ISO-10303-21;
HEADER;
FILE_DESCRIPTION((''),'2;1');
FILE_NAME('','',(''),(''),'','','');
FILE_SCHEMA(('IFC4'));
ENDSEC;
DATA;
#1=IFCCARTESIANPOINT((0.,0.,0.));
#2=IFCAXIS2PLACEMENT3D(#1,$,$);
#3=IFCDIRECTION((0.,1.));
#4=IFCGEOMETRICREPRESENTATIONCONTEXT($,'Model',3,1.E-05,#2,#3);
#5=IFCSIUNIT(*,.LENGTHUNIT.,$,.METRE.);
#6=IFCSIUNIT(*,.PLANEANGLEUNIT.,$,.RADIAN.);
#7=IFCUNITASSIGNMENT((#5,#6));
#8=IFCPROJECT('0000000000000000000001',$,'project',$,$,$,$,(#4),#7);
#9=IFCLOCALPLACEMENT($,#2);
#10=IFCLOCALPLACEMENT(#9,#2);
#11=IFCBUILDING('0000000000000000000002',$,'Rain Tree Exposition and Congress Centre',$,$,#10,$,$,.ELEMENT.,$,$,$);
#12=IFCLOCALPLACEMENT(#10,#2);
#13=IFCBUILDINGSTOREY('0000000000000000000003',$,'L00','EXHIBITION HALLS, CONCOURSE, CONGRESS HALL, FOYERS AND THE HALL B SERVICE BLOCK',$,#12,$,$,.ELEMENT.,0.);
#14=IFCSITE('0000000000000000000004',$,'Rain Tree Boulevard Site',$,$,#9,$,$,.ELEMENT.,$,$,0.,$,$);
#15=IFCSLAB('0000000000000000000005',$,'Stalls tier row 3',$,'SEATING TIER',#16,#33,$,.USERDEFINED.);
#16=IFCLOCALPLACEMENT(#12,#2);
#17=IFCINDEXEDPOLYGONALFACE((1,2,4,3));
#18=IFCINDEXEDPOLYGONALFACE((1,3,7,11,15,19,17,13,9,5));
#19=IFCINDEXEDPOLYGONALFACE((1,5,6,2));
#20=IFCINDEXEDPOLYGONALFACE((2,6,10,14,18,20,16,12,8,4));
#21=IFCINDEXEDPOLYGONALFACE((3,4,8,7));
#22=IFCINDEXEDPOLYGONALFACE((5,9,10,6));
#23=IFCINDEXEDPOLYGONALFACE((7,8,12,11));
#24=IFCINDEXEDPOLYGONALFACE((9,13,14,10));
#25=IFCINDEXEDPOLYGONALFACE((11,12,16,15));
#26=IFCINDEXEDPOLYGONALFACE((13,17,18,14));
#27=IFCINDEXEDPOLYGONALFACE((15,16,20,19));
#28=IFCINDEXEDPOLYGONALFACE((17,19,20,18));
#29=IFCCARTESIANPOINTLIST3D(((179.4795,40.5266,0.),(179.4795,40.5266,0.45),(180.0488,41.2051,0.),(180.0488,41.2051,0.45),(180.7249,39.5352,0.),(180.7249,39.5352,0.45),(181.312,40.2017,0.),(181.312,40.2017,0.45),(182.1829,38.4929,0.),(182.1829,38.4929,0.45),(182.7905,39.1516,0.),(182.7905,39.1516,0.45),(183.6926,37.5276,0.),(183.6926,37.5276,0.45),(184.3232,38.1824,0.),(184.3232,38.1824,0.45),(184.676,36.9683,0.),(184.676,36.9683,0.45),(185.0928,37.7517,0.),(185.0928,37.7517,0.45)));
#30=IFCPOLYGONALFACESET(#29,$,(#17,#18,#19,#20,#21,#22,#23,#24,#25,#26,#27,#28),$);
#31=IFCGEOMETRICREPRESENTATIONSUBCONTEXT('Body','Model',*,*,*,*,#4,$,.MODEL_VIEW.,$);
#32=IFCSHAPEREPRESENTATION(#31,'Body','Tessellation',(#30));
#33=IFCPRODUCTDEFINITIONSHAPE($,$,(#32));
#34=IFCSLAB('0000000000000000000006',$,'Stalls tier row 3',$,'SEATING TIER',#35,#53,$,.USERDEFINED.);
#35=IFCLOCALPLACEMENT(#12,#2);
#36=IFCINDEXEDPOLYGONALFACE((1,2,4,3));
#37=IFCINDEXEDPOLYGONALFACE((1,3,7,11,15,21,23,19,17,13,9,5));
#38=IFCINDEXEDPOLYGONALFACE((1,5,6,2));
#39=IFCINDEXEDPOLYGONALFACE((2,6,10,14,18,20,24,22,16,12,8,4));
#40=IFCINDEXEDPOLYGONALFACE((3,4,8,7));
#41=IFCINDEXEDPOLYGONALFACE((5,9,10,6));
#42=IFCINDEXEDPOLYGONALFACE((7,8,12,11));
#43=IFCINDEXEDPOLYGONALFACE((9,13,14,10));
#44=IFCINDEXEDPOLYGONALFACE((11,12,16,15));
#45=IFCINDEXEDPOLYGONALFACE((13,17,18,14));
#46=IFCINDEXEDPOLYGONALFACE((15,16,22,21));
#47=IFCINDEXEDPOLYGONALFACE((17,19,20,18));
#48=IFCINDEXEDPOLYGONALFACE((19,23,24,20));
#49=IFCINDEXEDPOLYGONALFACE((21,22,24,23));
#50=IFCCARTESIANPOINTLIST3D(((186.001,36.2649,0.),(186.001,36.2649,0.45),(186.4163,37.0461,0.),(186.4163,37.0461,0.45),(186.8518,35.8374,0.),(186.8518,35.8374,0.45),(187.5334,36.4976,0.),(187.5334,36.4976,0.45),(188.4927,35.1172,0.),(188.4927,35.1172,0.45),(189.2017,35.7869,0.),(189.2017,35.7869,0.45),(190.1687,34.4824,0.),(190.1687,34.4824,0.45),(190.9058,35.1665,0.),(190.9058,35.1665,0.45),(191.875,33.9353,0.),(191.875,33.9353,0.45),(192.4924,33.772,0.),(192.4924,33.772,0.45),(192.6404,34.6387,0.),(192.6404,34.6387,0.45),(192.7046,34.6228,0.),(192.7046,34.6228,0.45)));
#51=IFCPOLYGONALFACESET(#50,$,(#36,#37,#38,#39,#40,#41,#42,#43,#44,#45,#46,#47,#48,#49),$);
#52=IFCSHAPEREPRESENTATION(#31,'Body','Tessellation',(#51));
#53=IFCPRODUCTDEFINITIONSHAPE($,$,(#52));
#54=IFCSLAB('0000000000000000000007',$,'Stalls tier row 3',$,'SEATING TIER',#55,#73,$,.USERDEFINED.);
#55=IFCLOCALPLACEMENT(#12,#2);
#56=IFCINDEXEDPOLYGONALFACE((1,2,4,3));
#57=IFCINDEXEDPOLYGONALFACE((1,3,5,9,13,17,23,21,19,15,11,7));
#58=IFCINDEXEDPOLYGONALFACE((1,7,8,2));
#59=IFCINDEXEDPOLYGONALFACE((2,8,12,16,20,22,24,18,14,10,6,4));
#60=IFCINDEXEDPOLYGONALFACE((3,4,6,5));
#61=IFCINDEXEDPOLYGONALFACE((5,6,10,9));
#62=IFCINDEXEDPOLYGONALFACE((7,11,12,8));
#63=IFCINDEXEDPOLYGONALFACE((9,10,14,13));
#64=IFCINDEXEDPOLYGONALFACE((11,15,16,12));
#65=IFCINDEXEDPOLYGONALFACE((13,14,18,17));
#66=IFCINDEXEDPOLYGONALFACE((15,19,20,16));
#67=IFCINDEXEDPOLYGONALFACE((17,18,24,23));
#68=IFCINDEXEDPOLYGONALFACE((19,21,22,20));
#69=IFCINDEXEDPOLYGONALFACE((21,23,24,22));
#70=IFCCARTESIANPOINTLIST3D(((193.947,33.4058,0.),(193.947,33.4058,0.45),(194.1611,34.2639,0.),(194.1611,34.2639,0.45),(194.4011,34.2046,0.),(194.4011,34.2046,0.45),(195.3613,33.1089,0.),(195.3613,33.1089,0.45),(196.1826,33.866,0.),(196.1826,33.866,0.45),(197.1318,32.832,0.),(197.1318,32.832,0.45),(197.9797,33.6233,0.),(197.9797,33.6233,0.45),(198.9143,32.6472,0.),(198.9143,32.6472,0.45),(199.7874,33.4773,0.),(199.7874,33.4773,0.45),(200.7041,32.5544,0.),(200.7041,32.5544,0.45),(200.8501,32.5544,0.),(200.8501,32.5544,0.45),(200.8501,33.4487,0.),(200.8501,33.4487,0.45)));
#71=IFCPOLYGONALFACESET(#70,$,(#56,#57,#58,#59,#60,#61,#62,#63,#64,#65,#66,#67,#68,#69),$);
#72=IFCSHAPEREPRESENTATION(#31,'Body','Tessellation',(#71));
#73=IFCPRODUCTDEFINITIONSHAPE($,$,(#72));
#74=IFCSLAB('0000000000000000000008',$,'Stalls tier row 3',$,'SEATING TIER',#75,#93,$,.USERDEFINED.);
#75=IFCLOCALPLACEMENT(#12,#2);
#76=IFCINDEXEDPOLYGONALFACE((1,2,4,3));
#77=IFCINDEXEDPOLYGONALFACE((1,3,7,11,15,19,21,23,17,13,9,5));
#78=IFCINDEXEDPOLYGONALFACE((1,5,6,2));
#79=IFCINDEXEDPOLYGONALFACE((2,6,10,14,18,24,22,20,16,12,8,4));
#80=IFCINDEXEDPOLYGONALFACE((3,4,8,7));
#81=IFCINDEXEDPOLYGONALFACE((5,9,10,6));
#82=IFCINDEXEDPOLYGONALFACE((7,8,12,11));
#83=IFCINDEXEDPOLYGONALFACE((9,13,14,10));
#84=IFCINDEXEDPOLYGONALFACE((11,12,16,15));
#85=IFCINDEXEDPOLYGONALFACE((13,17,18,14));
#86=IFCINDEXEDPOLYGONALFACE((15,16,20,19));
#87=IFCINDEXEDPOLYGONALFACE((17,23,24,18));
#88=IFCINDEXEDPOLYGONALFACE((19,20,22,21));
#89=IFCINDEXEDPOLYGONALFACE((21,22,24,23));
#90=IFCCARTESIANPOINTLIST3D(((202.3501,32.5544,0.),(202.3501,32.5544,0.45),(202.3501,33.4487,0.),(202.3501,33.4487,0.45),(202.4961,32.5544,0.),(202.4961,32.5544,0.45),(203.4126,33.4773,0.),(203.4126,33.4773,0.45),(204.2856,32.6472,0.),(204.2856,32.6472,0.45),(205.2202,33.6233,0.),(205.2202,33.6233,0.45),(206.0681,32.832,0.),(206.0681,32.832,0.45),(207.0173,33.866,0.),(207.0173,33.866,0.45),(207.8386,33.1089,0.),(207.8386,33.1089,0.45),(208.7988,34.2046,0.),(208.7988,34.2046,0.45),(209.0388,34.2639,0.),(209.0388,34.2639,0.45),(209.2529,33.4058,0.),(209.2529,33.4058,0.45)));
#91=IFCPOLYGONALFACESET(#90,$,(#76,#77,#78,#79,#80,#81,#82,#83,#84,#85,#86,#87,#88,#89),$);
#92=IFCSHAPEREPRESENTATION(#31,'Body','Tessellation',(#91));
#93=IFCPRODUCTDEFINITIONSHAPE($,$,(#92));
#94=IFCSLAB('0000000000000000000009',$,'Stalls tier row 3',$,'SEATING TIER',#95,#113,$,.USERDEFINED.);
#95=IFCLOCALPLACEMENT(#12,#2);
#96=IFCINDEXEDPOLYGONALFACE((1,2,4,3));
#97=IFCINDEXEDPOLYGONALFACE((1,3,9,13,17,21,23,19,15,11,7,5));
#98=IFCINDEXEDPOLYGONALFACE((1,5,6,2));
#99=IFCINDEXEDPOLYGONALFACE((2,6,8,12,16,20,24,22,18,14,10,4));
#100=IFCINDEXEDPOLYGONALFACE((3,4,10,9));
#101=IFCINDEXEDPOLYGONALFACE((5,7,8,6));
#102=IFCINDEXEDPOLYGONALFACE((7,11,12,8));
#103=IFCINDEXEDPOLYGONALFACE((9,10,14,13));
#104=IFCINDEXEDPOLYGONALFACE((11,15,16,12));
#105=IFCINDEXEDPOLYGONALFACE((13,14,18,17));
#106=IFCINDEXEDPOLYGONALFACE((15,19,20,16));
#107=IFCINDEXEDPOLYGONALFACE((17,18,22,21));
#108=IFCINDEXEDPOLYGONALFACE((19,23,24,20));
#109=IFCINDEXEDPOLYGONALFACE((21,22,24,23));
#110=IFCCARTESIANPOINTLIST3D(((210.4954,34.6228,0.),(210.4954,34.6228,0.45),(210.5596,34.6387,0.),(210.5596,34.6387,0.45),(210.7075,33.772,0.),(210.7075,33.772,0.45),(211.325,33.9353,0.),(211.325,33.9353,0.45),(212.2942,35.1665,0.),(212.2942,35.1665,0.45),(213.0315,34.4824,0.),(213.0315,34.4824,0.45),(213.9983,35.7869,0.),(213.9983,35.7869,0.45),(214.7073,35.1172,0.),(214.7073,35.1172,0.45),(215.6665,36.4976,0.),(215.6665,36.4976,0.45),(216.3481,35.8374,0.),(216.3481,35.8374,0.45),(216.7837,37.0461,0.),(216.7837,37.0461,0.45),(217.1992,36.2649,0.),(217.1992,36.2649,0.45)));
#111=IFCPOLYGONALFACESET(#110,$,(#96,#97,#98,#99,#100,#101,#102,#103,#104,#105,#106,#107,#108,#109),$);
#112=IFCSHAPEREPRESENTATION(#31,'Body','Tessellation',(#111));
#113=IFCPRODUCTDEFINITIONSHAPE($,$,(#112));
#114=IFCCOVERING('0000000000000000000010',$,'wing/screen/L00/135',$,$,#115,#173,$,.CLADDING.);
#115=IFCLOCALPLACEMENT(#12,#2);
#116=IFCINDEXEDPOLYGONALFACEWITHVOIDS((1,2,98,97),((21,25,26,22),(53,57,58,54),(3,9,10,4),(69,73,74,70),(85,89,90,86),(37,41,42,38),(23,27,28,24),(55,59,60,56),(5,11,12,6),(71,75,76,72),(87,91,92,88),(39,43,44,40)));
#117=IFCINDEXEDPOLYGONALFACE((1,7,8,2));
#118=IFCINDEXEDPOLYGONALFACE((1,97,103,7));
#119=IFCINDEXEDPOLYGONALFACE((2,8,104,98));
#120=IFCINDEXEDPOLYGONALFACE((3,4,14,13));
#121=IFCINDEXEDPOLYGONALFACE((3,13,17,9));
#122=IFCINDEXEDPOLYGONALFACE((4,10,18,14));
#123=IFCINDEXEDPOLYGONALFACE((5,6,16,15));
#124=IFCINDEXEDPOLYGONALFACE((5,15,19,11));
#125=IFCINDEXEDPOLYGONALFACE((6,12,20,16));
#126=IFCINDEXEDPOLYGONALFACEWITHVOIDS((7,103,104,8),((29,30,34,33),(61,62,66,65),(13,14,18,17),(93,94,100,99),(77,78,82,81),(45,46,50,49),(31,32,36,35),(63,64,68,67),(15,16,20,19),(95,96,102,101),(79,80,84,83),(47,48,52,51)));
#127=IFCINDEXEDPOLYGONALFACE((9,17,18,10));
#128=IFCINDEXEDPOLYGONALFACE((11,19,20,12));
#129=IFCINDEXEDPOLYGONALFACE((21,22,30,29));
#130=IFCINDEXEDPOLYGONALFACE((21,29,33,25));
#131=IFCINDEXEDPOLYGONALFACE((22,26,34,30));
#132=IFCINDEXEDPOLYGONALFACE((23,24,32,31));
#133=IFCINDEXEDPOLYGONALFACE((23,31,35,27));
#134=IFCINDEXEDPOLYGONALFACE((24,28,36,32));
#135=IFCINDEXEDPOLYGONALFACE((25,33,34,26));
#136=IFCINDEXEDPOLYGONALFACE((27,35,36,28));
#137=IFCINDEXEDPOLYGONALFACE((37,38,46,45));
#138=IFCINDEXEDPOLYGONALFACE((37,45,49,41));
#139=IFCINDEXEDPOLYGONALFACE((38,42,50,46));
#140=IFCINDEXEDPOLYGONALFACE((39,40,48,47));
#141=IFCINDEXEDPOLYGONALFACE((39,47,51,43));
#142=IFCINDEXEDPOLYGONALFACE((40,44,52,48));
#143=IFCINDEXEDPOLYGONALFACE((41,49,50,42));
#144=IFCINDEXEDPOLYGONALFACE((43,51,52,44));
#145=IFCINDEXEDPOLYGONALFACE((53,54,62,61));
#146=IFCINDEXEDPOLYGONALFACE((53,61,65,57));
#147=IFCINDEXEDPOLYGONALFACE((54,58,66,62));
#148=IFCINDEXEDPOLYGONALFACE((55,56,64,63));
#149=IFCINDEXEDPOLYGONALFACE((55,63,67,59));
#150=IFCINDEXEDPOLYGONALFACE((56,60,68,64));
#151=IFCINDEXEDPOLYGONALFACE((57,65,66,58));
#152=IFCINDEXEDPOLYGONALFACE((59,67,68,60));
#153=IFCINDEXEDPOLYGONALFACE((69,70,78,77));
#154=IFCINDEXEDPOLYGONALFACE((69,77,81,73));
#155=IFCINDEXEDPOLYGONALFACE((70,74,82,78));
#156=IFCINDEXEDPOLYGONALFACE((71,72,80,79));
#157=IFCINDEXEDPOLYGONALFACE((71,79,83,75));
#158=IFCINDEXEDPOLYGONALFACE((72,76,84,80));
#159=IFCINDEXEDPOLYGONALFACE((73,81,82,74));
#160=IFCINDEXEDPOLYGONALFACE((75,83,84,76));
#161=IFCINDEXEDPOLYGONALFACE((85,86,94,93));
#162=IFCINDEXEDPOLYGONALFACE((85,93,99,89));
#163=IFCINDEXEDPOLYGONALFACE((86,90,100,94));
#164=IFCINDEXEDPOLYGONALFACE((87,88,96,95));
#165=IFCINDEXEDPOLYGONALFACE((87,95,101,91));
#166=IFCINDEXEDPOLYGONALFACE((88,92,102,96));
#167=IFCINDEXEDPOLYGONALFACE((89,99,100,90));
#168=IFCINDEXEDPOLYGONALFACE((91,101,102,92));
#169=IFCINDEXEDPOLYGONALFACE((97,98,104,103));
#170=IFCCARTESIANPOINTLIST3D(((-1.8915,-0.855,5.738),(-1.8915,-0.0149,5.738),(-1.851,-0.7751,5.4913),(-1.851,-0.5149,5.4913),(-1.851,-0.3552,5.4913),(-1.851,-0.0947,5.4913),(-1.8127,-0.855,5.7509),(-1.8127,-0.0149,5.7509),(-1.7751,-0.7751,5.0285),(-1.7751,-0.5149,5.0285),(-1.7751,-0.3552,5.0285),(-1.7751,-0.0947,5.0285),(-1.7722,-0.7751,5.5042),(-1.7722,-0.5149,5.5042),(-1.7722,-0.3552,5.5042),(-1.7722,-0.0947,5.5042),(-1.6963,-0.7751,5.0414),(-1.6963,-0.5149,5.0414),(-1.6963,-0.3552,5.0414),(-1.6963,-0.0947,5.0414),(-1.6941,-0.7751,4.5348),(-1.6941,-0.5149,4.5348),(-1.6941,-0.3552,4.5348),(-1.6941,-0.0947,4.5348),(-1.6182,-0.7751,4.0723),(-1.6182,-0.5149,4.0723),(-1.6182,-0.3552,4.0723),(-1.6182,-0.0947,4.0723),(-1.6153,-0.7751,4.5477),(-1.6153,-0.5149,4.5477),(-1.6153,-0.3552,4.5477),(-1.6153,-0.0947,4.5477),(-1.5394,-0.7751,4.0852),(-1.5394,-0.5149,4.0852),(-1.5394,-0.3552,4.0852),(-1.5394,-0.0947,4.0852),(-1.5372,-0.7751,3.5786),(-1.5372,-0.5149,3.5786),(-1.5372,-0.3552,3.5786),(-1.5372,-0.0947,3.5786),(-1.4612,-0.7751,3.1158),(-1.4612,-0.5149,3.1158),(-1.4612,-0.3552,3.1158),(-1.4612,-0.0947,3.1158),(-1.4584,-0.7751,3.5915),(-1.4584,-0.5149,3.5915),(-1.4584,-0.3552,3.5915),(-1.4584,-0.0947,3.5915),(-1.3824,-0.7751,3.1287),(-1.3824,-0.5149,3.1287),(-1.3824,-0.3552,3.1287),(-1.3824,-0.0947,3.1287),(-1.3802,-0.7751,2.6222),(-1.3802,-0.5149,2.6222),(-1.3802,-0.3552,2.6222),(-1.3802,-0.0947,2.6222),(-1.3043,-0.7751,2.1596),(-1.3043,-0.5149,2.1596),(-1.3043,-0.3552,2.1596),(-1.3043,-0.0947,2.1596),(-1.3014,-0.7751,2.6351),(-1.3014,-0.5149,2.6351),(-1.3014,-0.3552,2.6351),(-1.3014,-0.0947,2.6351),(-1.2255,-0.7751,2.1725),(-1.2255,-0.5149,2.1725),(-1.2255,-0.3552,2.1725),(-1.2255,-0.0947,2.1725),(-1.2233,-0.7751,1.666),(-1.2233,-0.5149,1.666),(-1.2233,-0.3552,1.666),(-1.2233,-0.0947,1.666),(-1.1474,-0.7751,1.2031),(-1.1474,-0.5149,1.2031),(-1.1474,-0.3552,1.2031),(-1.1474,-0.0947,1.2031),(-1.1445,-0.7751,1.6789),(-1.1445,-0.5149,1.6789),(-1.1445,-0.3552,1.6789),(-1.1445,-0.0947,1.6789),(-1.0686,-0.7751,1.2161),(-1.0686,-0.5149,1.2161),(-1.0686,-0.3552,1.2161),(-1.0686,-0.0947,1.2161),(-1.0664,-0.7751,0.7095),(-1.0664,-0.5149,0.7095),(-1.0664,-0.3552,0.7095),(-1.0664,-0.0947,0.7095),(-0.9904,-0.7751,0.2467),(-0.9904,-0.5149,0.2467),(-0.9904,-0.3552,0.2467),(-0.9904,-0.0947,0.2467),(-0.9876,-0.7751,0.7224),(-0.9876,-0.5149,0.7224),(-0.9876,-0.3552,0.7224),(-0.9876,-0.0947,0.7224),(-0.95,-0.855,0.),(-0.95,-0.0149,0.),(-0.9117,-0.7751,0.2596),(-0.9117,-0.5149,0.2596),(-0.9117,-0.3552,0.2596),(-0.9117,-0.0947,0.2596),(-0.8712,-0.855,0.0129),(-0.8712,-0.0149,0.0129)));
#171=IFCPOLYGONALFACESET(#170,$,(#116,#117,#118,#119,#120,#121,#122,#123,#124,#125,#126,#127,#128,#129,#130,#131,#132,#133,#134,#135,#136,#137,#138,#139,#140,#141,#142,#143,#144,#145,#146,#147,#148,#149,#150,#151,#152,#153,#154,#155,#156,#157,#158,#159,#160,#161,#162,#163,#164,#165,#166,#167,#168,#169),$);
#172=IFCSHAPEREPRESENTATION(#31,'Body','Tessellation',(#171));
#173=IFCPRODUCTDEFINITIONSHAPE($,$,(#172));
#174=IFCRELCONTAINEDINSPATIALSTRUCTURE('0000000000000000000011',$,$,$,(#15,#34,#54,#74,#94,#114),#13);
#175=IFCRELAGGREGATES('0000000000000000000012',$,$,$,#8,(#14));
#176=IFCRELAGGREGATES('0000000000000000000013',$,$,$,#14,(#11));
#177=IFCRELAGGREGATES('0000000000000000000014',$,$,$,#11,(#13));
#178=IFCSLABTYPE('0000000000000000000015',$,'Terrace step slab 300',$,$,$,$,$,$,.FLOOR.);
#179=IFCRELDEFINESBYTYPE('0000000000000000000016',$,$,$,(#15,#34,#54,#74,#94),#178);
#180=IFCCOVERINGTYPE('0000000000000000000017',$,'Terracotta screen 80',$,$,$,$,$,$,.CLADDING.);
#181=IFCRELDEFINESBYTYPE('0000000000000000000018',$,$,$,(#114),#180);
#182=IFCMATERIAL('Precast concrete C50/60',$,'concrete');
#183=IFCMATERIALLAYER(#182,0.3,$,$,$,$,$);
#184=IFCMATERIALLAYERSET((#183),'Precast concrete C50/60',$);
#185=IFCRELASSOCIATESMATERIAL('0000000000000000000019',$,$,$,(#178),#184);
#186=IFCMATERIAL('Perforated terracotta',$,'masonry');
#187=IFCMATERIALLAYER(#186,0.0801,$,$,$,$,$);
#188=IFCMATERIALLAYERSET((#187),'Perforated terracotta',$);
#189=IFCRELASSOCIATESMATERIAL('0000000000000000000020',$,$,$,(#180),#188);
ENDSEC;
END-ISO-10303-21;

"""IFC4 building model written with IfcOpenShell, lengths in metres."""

from ifc_helpers import new_model, si_unit, direction, frame, origin, place, context, subcontext, project, spatial, polyline, outline, extrude, material, layer, layer_set, type_object, element, save


model = new_model("IFC4")

# Units and contexts
model_context = context("Model", 3, precision=1e-05, world=origin(), true_north=direction((0.0, 1.0)))
body_context = subcontext(model_context, "Body", "Model", "MODEL_VIEW")
ifc_project = project(units=[si_unit("LENGTHUNIT", "METRE"), si_unit("PLANEANGLEUNIT", "RADIAN")], contexts=[model_context])

# Site, building, storey
site_placement = place(None, origin())
site = spatial("IfcSite", under=ifc_project, at=site_placement, Name="Rain Tree Boulevard Site", CompositionType="ELEMENT", RefElevation=0.0)
building_placement = place(site_placement, origin())
building = spatial("IfcBuilding", under=site, at=building_placement, Name="Rain Tree Exposition and Congress Centre", CompositionType="ELEMENT")
storey_placement = place(building_placement, origin())
storey = spatial("IfcBuildingStorey", under=building, at=storey_placement, Name="L00", Description="EXHIBITION HALLS, CONCOURSE, CONGRESS HALL, FOYERS AND THE HALL B SERVICE BLOCK", CompositionType="ELEMENT", Elevation=0.0)

# Slabs
ifc_material_1 = material(Name="Precast concrete C50/60", Category="concrete")
ifc_layer_1 = layer(ifc_material_1, 0.3)
ifc_layer_set_1 = layer_set([ifc_layer_1], Name="Precast concrete C50/60")
slab_type_1 = type_object("IfcSlabType", Name="Terrace step slab 300", PredefinedType="FLOOR", material=ifc_layer_set_1)
slab_1_placement = place(storey_placement, origin())
element("IfcSlab", 1, at=slab_1_placement, inside=storey, type_object=slab_type_1, Name="Stalls tier row 3", ObjectType="SEATING TIER", PredefinedType="USERDEFINED", context=body_context, shape_type="SweptSolid", body=[
    extrude(outline(polyline([(183.6926, 37.5276), (184.676, 36.9683), (185.0928, 37.7517), (184.3232, 38.1824), (182.7905, 39.1516), (181.312, 40.2017), (180.0488, 41.2051), (179.4795, 40.5266), (180.7249, 39.5352), (182.1829, 38.4929), (183.6926, 37.5276)])), origin(), (0.0, 0.0, 1.0), 0.45),
])
slab_2_placement = place(storey_placement, origin())
element("IfcSlab", 2, at=slab_2_placement, inside=storey, type_object=slab_type_1, Name="Stalls tier row 3", ObjectType="SEATING TIER", PredefinedType="USERDEFINED", context=body_context, shape_type="SweptSolid", body=[
    extrude(outline(polyline([(191.875, 33.9353), (192.4924, 33.772), (192.7046, 34.6228), (192.6404, 34.6387), (190.9058, 35.1665), (189.2017, 35.7869), (187.5334, 36.4976), (186.4163, 37.0461), (186.001, 36.2649), (186.8518, 35.8374), (188.4927, 35.1172), (190.1687, 34.4824), (191.875, 33.9353)])), origin(), (0.0, 0.0, 1.0), 0.45),
])
slab_3_placement = place(storey_placement, origin())
element("IfcSlab", 3, at=slab_3_placement, inside=storey, type_object=slab_type_1, Name="Stalls tier row 3", ObjectType="SEATING TIER", PredefinedType="USERDEFINED", context=body_context, shape_type="SweptSolid", body=[
    extrude(outline(polyline([(200.7041, 32.5544), (200.8501, 32.5544), (200.8501, 33.4487), (199.7874, 33.4773), (197.9797, 33.6233), (196.1826, 33.866), (194.4011, 34.2046), (194.1611, 34.2639), (193.947, 33.4058), (195.3613, 33.1089), (197.1318, 32.832), (198.9143, 32.6472), (200.7041, 32.5544)])), origin(), (0.0, 0.0, 1.0), 0.45),
])
slab_4_placement = place(storey_placement, origin())
element("IfcSlab", 4, at=slab_4_placement, inside=storey, type_object=slab_type_1, Name="Stalls tier row 3", ObjectType="SEATING TIER", PredefinedType="USERDEFINED", context=body_context, shape_type="SweptSolid", body=[
    extrude(outline(polyline([(207.8386, 33.1089), (209.2529, 33.4058), (209.0388, 34.2639), (208.7988, 34.2046), (207.0173, 33.866), (205.2202, 33.6233), (203.4126, 33.4773), (202.3501, 33.4487), (202.3501, 32.5544), (202.4961, 32.5544), (204.2856, 32.6472), (206.0681, 32.832), (207.8386, 33.1089)])), origin(), (0.0, 0.0, 1.0), 0.45),
])
slab_5_placement = place(storey_placement, origin())
element("IfcSlab", 5, at=slab_5_placement, inside=storey, type_object=slab_type_1, Name="Stalls tier row 3", ObjectType="SEATING TIER", PredefinedType="USERDEFINED", context=body_context, shape_type="SweptSolid", body=[
    extrude(outline(polyline([(216.3481, 35.8374), (217.1992, 36.2649), (216.7837, 37.0461), (215.6665, 36.4976), (213.9983, 35.7869), (212.2942, 35.1665), (210.5596, 34.6387), (210.4954, 34.6228), (210.7075, 33.772), (211.325, 33.9353), (213.0315, 34.4824), (214.7073, 35.1172), (216.3481, 35.8374)])), origin(), (0.0, 0.0, 1.0), 0.45),
])

# Covering
ifc_material_2 = material(Name="Perforated terracotta", Category="masonry")
ifc_layer_2 = layer(ifc_material_2, 0.0801)
ifc_layer_set_2 = layer_set([ifc_layer_2], Name="Perforated terracotta")
covering_type = type_object("IfcCoveringType", Name="Terracotta screen 80", PredefinedType="CLADDING", material=ifc_layer_set_2)
covering_1_placement = place(storey_placement, frame((-0.95, 0.0, 0.0), z_axis=(0.986804, 0.0, 0.161921), x_axis=(0.0, 1.0, 0.0)))
element("IfcCovering", 6, at=covering_1_placement, inside=storey, type_object=covering_type, Name="wing/screen/L00/135", PredefinedType="CLADDING", context=body_context, shape_type="SweptSolid", body=[
    extrude(outline(polyline([(-0.855, 0.0), (-0.855, 5.8147), (-0.0149, 5.8147), (-0.0149, 0.0), (-0.855, 0.0)]), holes=[polyline([(-0.0947, 0.25), (-0.0947, 0.719), (-0.3552, 0.719), (-0.3552, 0.25), (-0.0947, 0.25)]), polyline([(-0.0947, 1.2192), (-0.0947, 1.6882), (-0.3552, 1.6882), (-0.3552, 1.2192), (-0.0947, 1.2192)]), polyline([(-0.0947, 2.1885), (-0.0947, 2.6572), (-0.3552, 2.6572), (-0.3552, 2.1885), (-0.0947, 2.1885)]), polyline([(-0.0947, 3.1575), (-0.0947, 3.6265), (-0.3552, 3.6265), (-0.3552, 3.1575), (-0.0947, 3.1575)]), polyline([(-0.0947, 4.1267), (-0.0947, 4.5955), (-0.3552, 4.5955), (-0.3552, 4.1267), (-0.0947, 4.1267)]), polyline([(-0.0947, 5.0957), (-0.0947, 5.5647), (-0.3552, 5.5647), (-0.3552, 5.0957), (-0.0947, 5.0957)]), polyline([(-0.5149, 0.25), (-0.5149, 0.719), (-0.7751, 0.719), (-0.7751, 0.25), (-0.5149, 0.25)]), polyline([(-0.5149, 1.2192), (-0.5149, 1.6882), (-0.7751, 1.6882), (-0.7751, 1.2192), (-0.5149, 1.2192)]), polyline([(-0.5149, 2.1885), (-0.5149, 2.6572), (-0.7751, 2.6572), (-0.7751, 2.1885), (-0.5149, 2.1885)]), polyline([(-0.5149, 3.1575), (-0.5149, 3.6265), (-0.7751, 3.6265), (-0.7751, 3.1575), (-0.5149, 3.1575)]), polyline([(-0.5149, 4.1267), (-0.5149, 4.5955), (-0.7751, 4.5955), (-0.7751, 4.1267), (-0.5149, 4.1267)]), polyline([(-0.5149, 5.0957), (-0.5149, 5.5647), (-0.7751, 5.5647), (-0.7751, 5.0957), (-0.5149, 5.0957)])]), origin(), (0.0, 0.0, 1.0), 0.0798),
])

save(model, "model.ifc")
